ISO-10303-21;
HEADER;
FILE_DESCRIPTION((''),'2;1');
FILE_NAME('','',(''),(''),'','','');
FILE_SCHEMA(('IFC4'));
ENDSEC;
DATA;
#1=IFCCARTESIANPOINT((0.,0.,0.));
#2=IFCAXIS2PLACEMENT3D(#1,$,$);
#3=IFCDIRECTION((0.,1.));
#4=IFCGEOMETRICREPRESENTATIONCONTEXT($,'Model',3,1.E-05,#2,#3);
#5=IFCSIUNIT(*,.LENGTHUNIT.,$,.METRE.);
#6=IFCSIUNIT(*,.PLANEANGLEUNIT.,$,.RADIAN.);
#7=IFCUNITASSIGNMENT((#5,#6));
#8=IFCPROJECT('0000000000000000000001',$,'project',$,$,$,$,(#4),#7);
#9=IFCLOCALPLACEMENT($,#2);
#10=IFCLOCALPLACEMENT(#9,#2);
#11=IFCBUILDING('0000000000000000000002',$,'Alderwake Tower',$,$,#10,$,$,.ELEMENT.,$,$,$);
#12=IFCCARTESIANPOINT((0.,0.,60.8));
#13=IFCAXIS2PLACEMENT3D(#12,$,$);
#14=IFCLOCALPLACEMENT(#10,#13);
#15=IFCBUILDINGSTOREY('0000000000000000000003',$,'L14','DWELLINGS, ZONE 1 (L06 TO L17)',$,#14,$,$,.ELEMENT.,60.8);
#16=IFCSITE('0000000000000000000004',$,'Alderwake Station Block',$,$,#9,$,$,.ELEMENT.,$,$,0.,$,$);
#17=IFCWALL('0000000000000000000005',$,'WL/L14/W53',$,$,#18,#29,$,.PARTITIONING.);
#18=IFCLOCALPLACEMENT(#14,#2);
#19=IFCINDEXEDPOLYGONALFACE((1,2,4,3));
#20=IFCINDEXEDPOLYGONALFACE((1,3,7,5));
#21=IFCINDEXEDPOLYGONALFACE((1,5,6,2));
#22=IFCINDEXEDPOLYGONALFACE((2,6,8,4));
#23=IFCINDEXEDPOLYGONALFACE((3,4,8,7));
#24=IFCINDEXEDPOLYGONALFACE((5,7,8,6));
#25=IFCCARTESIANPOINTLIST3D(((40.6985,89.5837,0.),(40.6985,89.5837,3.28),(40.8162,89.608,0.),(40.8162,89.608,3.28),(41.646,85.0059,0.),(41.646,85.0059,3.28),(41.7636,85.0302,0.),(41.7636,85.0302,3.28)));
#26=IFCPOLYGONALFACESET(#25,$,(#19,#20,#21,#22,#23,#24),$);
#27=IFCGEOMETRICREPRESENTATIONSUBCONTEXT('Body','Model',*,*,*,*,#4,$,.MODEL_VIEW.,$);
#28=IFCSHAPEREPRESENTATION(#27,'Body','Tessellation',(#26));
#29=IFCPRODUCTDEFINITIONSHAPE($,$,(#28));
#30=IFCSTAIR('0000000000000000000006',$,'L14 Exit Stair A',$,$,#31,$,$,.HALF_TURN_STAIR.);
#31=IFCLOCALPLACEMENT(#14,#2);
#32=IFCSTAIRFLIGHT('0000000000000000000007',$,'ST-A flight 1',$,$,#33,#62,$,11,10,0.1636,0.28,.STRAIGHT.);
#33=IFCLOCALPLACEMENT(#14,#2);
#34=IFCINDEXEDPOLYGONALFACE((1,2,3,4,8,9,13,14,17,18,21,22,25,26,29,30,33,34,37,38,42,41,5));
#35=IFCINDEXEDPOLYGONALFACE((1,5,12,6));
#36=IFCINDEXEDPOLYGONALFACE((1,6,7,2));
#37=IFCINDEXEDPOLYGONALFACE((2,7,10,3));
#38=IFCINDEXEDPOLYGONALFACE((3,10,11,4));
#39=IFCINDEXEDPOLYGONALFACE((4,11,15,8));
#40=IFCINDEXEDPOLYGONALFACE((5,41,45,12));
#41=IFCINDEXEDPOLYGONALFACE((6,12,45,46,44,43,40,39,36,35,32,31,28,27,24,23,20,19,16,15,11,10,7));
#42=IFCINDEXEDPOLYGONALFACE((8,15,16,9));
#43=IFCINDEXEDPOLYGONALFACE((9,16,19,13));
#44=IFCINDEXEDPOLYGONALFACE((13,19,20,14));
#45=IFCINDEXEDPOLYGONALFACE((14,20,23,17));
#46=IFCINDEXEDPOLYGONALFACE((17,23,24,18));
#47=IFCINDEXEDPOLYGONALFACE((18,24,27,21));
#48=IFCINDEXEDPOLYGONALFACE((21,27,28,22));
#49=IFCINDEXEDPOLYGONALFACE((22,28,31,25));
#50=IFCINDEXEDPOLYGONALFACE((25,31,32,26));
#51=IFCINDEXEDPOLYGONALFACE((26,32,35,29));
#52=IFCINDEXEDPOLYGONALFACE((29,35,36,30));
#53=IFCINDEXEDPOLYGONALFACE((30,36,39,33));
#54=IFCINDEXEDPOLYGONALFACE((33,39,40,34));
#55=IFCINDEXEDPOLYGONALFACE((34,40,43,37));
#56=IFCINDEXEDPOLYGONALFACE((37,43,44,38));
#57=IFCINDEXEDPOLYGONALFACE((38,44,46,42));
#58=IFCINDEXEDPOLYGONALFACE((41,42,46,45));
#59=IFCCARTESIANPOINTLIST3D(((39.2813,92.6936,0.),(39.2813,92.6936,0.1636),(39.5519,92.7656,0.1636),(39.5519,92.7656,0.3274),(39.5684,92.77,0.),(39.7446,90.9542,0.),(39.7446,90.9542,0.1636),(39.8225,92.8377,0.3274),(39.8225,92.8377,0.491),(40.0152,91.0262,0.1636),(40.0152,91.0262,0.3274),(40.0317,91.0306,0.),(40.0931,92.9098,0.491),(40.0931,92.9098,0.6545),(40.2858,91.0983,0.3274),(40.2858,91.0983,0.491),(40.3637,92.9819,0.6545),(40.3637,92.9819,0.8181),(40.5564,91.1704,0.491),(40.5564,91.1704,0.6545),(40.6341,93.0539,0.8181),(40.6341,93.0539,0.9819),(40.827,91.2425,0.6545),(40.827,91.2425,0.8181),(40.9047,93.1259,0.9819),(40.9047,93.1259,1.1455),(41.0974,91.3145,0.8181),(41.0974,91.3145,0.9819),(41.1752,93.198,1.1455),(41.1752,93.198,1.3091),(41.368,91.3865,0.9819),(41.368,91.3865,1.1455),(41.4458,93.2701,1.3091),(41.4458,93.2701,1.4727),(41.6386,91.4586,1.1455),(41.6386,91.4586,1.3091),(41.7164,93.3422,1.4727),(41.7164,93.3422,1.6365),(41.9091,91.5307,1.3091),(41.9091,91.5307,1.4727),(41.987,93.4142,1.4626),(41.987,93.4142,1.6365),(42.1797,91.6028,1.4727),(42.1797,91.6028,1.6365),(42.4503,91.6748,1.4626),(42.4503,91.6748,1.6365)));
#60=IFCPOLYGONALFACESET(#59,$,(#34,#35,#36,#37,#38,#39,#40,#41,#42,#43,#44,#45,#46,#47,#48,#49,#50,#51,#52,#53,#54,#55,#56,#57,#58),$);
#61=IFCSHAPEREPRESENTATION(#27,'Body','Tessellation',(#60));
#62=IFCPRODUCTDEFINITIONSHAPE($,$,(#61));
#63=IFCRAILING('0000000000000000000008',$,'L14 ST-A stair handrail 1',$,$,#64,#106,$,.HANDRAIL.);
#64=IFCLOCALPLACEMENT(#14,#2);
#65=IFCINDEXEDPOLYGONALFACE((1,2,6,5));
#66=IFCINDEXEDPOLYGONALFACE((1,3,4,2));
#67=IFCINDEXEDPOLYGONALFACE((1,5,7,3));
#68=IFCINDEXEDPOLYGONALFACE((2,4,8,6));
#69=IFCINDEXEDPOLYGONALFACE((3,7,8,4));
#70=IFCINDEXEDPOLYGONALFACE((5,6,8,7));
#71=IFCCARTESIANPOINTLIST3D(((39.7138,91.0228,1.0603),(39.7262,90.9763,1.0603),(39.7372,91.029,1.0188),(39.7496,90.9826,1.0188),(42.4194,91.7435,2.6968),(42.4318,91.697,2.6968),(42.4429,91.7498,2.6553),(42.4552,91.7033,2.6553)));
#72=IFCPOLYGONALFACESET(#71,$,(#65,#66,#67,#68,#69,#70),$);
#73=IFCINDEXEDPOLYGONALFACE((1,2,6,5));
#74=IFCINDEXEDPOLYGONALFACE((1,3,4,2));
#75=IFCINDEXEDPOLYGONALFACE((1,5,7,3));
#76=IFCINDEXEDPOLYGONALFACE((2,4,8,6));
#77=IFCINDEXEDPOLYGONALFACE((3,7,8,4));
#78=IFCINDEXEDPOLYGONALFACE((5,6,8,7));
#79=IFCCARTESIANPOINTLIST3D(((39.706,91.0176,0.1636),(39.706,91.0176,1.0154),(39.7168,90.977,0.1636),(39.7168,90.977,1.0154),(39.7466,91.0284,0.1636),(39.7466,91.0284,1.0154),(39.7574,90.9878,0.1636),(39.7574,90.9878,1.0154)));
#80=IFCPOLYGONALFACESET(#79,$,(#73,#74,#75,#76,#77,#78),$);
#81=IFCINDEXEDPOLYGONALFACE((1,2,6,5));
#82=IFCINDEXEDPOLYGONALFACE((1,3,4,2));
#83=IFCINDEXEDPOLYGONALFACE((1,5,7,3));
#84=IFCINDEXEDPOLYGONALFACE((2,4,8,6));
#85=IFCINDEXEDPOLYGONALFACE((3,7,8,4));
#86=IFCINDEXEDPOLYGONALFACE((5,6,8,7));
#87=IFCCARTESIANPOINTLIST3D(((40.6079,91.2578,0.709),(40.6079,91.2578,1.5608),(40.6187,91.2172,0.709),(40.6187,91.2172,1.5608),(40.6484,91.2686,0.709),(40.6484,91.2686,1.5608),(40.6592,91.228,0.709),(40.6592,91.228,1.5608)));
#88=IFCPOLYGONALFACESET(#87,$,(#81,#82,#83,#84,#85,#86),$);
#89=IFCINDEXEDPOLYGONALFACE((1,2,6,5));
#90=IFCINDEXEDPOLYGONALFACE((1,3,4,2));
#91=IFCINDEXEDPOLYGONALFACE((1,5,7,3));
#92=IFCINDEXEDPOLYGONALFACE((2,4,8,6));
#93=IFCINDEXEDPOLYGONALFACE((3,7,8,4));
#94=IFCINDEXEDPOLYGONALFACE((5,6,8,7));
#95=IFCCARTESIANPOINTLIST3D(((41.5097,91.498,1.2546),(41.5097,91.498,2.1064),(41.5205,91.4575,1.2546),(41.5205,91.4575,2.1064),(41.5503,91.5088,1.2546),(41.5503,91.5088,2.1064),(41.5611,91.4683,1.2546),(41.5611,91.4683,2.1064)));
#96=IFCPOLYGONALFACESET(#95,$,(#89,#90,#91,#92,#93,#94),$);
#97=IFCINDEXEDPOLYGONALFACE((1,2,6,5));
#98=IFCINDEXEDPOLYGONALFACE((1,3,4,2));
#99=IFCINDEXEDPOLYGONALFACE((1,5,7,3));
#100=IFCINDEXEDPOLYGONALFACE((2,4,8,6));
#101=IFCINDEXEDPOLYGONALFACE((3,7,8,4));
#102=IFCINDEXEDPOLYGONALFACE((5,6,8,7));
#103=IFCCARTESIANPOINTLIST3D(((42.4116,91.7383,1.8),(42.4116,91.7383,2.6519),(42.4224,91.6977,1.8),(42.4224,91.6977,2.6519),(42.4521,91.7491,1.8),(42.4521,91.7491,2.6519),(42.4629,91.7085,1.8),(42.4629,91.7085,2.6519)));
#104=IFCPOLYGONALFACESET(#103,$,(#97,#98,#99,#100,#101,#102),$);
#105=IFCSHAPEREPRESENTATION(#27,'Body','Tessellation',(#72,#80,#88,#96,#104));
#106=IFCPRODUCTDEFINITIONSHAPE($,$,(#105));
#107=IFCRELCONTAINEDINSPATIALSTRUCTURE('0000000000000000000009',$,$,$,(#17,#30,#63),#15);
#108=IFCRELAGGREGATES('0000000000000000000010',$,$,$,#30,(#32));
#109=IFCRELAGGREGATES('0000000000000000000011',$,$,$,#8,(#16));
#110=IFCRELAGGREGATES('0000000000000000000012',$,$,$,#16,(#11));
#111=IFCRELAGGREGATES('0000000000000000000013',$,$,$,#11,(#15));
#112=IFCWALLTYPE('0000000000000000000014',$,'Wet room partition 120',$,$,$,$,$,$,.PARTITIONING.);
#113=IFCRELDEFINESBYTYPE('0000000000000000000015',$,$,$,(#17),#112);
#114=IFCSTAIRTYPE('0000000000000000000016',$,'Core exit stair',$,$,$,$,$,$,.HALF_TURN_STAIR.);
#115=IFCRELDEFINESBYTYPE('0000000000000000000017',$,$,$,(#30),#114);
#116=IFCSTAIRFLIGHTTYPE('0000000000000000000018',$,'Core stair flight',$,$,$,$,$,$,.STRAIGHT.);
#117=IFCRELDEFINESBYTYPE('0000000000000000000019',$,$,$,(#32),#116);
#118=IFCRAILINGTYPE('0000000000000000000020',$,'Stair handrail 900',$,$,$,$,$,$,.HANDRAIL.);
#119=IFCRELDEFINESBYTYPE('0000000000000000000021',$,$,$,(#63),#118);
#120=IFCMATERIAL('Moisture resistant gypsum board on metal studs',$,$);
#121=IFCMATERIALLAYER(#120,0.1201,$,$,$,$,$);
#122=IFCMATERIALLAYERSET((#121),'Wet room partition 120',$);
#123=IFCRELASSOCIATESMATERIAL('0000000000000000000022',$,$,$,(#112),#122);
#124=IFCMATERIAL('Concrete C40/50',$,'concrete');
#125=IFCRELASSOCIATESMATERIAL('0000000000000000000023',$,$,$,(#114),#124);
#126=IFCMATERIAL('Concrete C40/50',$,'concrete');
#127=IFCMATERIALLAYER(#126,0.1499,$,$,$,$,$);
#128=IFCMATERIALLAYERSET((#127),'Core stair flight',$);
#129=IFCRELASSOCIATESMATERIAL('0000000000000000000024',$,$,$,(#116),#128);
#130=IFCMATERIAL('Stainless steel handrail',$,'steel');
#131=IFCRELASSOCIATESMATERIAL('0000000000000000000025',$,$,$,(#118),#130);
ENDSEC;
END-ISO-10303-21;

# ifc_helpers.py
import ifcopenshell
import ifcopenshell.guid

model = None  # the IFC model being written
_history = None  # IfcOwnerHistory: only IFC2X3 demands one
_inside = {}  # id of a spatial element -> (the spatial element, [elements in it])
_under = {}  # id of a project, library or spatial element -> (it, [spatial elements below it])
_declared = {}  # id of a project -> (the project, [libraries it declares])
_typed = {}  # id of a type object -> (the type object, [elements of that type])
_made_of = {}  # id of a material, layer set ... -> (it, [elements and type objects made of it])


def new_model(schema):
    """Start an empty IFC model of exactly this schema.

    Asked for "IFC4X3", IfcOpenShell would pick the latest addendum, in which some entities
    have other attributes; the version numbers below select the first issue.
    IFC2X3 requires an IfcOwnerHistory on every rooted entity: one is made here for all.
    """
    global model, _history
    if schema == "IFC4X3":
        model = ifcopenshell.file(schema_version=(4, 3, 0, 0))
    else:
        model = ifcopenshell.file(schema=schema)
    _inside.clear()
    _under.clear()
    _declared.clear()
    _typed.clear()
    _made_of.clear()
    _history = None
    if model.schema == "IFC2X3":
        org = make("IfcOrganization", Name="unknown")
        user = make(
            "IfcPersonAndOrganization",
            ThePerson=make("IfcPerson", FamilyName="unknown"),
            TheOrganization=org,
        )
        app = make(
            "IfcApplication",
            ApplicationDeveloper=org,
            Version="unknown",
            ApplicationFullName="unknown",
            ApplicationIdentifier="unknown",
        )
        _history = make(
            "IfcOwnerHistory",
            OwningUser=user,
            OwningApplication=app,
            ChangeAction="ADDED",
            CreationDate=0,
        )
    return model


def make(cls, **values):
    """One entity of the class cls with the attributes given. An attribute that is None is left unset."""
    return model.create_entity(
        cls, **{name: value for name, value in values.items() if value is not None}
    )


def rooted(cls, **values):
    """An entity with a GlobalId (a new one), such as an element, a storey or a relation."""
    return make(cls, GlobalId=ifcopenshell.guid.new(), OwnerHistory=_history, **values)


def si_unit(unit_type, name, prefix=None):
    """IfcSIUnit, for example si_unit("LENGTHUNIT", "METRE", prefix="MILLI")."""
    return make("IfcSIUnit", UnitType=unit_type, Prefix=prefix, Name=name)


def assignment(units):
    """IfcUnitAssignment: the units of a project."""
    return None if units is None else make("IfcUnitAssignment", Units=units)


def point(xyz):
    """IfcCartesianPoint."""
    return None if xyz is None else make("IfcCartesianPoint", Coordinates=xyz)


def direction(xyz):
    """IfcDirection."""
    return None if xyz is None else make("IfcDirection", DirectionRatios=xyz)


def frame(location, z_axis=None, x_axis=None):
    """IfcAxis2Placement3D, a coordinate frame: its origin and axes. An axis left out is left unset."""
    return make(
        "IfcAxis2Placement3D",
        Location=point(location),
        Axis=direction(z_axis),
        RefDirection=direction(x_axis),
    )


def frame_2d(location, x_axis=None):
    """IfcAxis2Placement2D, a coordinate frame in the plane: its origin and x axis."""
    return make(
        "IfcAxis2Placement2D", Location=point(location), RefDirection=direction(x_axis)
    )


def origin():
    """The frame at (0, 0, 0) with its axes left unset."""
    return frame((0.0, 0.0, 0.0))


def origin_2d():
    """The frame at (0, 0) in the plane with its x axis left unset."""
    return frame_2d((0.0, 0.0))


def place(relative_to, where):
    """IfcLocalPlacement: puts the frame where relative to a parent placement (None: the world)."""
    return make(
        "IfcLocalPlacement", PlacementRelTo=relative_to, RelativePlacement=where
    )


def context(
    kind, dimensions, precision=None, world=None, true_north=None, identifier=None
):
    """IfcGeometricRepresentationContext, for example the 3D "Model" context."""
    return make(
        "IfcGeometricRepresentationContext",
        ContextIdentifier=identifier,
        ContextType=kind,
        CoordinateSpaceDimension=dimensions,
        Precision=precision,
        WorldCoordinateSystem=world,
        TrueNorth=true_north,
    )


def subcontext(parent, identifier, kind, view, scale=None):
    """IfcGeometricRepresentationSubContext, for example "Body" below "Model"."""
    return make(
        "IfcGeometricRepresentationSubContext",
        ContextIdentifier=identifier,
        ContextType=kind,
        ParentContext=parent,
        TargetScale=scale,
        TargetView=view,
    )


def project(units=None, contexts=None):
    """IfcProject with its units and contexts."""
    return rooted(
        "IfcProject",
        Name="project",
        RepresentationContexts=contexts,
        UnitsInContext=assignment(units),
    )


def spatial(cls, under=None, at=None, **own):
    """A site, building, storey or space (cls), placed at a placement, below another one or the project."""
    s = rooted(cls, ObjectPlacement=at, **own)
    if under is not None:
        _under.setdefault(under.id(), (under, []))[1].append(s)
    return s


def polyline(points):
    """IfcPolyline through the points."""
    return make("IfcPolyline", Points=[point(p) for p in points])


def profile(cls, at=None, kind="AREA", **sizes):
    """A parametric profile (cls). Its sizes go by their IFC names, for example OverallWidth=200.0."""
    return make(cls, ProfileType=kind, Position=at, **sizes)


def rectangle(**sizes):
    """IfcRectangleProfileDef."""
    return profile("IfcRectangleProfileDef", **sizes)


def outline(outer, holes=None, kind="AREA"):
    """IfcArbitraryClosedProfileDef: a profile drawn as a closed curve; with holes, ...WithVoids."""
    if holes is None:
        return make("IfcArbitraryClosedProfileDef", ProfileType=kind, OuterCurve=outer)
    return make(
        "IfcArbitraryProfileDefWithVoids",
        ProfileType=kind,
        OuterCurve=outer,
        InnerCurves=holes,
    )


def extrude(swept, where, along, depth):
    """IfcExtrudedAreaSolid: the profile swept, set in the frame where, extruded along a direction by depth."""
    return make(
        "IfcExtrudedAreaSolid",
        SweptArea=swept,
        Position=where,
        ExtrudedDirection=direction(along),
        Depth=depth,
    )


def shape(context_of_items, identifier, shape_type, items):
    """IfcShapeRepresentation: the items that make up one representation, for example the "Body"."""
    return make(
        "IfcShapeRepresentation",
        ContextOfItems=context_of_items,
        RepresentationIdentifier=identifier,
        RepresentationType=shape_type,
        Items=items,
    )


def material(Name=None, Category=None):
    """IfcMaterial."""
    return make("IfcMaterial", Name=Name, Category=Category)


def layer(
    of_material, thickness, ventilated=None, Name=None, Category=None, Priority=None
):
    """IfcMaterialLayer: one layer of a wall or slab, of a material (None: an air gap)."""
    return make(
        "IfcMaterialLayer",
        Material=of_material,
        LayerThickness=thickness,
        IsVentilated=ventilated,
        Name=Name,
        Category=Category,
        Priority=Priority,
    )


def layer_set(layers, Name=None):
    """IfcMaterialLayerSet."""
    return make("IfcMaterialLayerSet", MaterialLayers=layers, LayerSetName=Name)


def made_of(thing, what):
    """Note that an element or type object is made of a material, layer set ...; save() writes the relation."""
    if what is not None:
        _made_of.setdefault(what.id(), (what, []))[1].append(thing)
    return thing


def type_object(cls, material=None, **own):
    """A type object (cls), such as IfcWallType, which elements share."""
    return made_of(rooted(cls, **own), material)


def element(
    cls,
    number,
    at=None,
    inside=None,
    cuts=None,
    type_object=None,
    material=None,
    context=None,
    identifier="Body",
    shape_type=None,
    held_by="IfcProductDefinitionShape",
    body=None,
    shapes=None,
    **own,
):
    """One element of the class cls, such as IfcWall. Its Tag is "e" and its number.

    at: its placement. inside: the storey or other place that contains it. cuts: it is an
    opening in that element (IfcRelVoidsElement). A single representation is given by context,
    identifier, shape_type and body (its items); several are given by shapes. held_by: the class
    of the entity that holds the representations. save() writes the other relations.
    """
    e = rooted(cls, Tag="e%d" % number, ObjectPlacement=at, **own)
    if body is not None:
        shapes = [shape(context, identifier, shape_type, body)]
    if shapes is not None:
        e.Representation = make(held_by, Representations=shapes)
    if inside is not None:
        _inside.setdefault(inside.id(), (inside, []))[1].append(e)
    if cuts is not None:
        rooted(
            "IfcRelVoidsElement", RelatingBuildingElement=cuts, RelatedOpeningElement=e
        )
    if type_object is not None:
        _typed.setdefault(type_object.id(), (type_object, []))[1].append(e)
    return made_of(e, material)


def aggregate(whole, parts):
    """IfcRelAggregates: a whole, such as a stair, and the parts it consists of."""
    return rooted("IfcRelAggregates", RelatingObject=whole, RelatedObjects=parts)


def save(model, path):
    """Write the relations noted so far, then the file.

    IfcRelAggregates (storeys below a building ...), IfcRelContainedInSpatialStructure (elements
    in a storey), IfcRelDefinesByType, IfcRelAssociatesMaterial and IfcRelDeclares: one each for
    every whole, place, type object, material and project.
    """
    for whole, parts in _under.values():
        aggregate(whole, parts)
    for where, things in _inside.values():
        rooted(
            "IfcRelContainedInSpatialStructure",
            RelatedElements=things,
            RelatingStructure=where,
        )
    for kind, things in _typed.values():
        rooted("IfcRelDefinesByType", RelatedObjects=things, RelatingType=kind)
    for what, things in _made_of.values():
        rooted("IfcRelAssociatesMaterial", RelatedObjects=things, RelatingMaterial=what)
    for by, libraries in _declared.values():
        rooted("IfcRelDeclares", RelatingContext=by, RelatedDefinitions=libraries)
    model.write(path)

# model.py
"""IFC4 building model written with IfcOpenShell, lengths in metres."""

from ifc_helpers import new_model, si_unit, direction, frame, frame_2d, origin, origin_2d, place, context, subcontext, project, spatial, polyline, rectangle, outline, extrude, material, layer, layer_set, type_object, element, aggregate, save


model = new_model("IFC4")

# Units and contexts
model_context = context("Model", 3, precision=1e-05, world=origin(), true_north=direction((0.0, 1.0)))
body_context = subcontext(model_context, "Body", "Model", "MODEL_VIEW")
ifc_project = project(units=[si_unit("LENGTHUNIT", "METRE"), si_unit("PLANEANGLEUNIT", "RADIAN")], contexts=[model_context])

# Site, building, storey
site_placement = place(None, origin())
site = spatial("IfcSite", under=ifc_project, at=site_placement, Name="Alderwake Station Block", CompositionType="ELEMENT", RefElevation=0.0)
building_placement = place(site_placement, origin())
building = spatial("IfcBuilding", under=site, at=building_placement, Name="Alderwake Tower", CompositionType="ELEMENT")
storey_placement = place(building_placement, frame((0.0, 0.0, 60.8)))
storey = spatial("IfcBuildingStorey", under=building, at=storey_placement, Name="L14", Description="DWELLINGS, ZONE 1 (L06 TO L17)", CompositionType="ELEMENT", Elevation=60.8)

# Wall
ifc_material_1 = material(Name="Moisture resistant gypsum board on metal studs")
ifc_layer_1 = layer(ifc_material_1, 0.1201)
ifc_layer_set_1 = layer_set([ifc_layer_1], Name="Wet room partition 120")
wall_type_1 = type_object("IfcWallType", Name="Wet room partition 120", PredefinedType="PARTITIONING", material=ifc_layer_set_1)
wall_1_placement = place(storey_placement, frame((41.7048, 85.0181, 0.0), z_axis=(0.0, 0.0, 1.0), x_axis=(-0.20268, 0.979245, 0.0)))
element("IfcWall", 1, at=wall_1_placement, inside=storey, type_object=wall_type_1, Name="WL/L14/W53", PredefinedType="PARTITIONING", context=body_context, shape_type="SweptSolid", body=[
    extrude(rectangle(XDim=4.6748, YDim=0.1201, at=frame_2d((2.3374, 0.0))), origin(), (0.0, 0.0, 1.0), 3.28),
])

# Stair, stair flight
ifc_material_2 = material(Name="Concrete C40/50", Category="concrete")
stair_type = type_object("IfcStairType", Name="Core exit stair", PredefinedType="HALF_TURN_STAIR", material=ifc_material_2)
stair_placement = place(storey_placement, origin())
stair = element("IfcStair", 2, at=stair_placement, inside=storey, type_object=stair_type, Name="L14 Exit Stair A", PredefinedType="HALF_TURN_STAIR")
ifc_material_3 = material(Name="Concrete C40/50", Category="concrete")
ifc_layer_2 = layer(ifc_material_3, 0.1499)
ifc_layer_set_2 = layer_set([ifc_layer_2], Name="Core stair flight")
stair_flight_type = type_object("IfcStairFlightType", Name="Core stair flight", PredefinedType="STRAIGHT", material=ifc_layer_set_2)
stair_flight_placement = place(storey_placement, frame((39.5129, 91.824, 0.0), z_axis=(0.0, 0.0, 1.0), x_axis=(0.96631, 0.257382, 0.0)))
stair_flight = element("IfcStairFlight", 3, at=stair_flight_placement, type_object=stair_flight_type, Name="ST-A flight 1", NumberOfRisers=11, NumberOfTreads=10, PredefinedType="STRAIGHT", RiserHeight=0.1636, TreadLength=0.28, context=body_context, shape_type="SweptSolid", body=[
    extrude(outline(polyline([(0.0, 0.0), (0.0, 0.1636), (0.28, 0.1636), (0.28, 0.3274), (0.5601, 0.3274), (0.5601, 0.491), (0.8401, 0.491), (0.8401, 0.6545), (1.1201, 0.6545), (1.1201, 0.8181), (1.3999, 0.8181), (1.3999, 0.9819), (1.6799, 0.9819), (1.6799, 1.1455), (1.96, 1.1455), (1.96, 1.3091), (2.24, 1.3091), (2.24, 1.4727), (2.52, 1.4727), (2.52, 1.6365), (2.8, 1.6365), (2.8, 1.8), (2.8, 1.4626), (0.2971, 0.0), (0.0, 0.0)])), frame((0.0, 0.8999, 0.0), z_axis=(0.0, -1.0, 0.0), x_axis=(1.0, 0.0, 0.0)), (0.0, 0.0, 1.0), 1.8),
])
aggregate(stair, [stair_flight])

# Railing
ifc_material_4 = material(Name="Stainless steel handrail", Category="steel")
railing_type = type_object("IfcRailingType", Name="Stair handrail 900", PredefinedType="HANDRAIL", material=ifc_material_4)
railing_placement = place(storey_placement, frame((39.7317, 91.0027, 0.1636)))
element("IfcRailing", 4, at=railing_placement, inside=storey, type_object=railing_type, Name="L14 ST-A stair handrail 1", PredefinedType="HANDRAIL", context=body_context, shape_type="SweptSolid", body=[
    extrude(rectangle(XDim=0.0481, YDim=0.0481, at=origin_2d()), frame((0.0, 0.0, 0.876), z_axis=(0.834259, 0.222228, 0.504605), x_axis=(-0.257402, 0.966304, 0.0)), (0.0, 0.0, 1.0), 3.2432),
    extrude(rectangle(XDim=0.042, YDim=0.042, at=origin_2d()), frame((0.0, 0.0, 0.0), z_axis=(0.0, 0.0, 1.0), x_axis=(0.966304, 0.257402, 0.0)), (0.0, 0.0, 1.0), 0.8518),
    extrude(rectangle(XDim=0.042, YDim=0.042, at=origin_2d()), frame((0.9019, 0.2402, 0.5454), z_axis=(0.0, 0.0, 1.0), x_axis=(0.966304, 0.257402, 0.0)), (0.0, 0.0, 1.0), 0.8518),
    extrude(rectangle(XDim=0.042, YDim=0.042, at=origin_2d()), frame((1.8037, 0.4805, 1.0911), z_axis=(0.0, 0.0, 1.0), x_axis=(0.966304, 0.257402, 0.0)), (0.0, 0.0, 1.0), 0.8518),
    extrude(rectangle(XDim=0.042, YDim=0.042, at=origin_2d()), frame((2.7056, 0.7207, 1.6365), z_axis=(0.0, 0.0, 1.0), x_axis=(0.966304, 0.257402, 0.0)), (0.0, 0.0, 1.0), 0.8518),
])

save(model, "model.ifc")
